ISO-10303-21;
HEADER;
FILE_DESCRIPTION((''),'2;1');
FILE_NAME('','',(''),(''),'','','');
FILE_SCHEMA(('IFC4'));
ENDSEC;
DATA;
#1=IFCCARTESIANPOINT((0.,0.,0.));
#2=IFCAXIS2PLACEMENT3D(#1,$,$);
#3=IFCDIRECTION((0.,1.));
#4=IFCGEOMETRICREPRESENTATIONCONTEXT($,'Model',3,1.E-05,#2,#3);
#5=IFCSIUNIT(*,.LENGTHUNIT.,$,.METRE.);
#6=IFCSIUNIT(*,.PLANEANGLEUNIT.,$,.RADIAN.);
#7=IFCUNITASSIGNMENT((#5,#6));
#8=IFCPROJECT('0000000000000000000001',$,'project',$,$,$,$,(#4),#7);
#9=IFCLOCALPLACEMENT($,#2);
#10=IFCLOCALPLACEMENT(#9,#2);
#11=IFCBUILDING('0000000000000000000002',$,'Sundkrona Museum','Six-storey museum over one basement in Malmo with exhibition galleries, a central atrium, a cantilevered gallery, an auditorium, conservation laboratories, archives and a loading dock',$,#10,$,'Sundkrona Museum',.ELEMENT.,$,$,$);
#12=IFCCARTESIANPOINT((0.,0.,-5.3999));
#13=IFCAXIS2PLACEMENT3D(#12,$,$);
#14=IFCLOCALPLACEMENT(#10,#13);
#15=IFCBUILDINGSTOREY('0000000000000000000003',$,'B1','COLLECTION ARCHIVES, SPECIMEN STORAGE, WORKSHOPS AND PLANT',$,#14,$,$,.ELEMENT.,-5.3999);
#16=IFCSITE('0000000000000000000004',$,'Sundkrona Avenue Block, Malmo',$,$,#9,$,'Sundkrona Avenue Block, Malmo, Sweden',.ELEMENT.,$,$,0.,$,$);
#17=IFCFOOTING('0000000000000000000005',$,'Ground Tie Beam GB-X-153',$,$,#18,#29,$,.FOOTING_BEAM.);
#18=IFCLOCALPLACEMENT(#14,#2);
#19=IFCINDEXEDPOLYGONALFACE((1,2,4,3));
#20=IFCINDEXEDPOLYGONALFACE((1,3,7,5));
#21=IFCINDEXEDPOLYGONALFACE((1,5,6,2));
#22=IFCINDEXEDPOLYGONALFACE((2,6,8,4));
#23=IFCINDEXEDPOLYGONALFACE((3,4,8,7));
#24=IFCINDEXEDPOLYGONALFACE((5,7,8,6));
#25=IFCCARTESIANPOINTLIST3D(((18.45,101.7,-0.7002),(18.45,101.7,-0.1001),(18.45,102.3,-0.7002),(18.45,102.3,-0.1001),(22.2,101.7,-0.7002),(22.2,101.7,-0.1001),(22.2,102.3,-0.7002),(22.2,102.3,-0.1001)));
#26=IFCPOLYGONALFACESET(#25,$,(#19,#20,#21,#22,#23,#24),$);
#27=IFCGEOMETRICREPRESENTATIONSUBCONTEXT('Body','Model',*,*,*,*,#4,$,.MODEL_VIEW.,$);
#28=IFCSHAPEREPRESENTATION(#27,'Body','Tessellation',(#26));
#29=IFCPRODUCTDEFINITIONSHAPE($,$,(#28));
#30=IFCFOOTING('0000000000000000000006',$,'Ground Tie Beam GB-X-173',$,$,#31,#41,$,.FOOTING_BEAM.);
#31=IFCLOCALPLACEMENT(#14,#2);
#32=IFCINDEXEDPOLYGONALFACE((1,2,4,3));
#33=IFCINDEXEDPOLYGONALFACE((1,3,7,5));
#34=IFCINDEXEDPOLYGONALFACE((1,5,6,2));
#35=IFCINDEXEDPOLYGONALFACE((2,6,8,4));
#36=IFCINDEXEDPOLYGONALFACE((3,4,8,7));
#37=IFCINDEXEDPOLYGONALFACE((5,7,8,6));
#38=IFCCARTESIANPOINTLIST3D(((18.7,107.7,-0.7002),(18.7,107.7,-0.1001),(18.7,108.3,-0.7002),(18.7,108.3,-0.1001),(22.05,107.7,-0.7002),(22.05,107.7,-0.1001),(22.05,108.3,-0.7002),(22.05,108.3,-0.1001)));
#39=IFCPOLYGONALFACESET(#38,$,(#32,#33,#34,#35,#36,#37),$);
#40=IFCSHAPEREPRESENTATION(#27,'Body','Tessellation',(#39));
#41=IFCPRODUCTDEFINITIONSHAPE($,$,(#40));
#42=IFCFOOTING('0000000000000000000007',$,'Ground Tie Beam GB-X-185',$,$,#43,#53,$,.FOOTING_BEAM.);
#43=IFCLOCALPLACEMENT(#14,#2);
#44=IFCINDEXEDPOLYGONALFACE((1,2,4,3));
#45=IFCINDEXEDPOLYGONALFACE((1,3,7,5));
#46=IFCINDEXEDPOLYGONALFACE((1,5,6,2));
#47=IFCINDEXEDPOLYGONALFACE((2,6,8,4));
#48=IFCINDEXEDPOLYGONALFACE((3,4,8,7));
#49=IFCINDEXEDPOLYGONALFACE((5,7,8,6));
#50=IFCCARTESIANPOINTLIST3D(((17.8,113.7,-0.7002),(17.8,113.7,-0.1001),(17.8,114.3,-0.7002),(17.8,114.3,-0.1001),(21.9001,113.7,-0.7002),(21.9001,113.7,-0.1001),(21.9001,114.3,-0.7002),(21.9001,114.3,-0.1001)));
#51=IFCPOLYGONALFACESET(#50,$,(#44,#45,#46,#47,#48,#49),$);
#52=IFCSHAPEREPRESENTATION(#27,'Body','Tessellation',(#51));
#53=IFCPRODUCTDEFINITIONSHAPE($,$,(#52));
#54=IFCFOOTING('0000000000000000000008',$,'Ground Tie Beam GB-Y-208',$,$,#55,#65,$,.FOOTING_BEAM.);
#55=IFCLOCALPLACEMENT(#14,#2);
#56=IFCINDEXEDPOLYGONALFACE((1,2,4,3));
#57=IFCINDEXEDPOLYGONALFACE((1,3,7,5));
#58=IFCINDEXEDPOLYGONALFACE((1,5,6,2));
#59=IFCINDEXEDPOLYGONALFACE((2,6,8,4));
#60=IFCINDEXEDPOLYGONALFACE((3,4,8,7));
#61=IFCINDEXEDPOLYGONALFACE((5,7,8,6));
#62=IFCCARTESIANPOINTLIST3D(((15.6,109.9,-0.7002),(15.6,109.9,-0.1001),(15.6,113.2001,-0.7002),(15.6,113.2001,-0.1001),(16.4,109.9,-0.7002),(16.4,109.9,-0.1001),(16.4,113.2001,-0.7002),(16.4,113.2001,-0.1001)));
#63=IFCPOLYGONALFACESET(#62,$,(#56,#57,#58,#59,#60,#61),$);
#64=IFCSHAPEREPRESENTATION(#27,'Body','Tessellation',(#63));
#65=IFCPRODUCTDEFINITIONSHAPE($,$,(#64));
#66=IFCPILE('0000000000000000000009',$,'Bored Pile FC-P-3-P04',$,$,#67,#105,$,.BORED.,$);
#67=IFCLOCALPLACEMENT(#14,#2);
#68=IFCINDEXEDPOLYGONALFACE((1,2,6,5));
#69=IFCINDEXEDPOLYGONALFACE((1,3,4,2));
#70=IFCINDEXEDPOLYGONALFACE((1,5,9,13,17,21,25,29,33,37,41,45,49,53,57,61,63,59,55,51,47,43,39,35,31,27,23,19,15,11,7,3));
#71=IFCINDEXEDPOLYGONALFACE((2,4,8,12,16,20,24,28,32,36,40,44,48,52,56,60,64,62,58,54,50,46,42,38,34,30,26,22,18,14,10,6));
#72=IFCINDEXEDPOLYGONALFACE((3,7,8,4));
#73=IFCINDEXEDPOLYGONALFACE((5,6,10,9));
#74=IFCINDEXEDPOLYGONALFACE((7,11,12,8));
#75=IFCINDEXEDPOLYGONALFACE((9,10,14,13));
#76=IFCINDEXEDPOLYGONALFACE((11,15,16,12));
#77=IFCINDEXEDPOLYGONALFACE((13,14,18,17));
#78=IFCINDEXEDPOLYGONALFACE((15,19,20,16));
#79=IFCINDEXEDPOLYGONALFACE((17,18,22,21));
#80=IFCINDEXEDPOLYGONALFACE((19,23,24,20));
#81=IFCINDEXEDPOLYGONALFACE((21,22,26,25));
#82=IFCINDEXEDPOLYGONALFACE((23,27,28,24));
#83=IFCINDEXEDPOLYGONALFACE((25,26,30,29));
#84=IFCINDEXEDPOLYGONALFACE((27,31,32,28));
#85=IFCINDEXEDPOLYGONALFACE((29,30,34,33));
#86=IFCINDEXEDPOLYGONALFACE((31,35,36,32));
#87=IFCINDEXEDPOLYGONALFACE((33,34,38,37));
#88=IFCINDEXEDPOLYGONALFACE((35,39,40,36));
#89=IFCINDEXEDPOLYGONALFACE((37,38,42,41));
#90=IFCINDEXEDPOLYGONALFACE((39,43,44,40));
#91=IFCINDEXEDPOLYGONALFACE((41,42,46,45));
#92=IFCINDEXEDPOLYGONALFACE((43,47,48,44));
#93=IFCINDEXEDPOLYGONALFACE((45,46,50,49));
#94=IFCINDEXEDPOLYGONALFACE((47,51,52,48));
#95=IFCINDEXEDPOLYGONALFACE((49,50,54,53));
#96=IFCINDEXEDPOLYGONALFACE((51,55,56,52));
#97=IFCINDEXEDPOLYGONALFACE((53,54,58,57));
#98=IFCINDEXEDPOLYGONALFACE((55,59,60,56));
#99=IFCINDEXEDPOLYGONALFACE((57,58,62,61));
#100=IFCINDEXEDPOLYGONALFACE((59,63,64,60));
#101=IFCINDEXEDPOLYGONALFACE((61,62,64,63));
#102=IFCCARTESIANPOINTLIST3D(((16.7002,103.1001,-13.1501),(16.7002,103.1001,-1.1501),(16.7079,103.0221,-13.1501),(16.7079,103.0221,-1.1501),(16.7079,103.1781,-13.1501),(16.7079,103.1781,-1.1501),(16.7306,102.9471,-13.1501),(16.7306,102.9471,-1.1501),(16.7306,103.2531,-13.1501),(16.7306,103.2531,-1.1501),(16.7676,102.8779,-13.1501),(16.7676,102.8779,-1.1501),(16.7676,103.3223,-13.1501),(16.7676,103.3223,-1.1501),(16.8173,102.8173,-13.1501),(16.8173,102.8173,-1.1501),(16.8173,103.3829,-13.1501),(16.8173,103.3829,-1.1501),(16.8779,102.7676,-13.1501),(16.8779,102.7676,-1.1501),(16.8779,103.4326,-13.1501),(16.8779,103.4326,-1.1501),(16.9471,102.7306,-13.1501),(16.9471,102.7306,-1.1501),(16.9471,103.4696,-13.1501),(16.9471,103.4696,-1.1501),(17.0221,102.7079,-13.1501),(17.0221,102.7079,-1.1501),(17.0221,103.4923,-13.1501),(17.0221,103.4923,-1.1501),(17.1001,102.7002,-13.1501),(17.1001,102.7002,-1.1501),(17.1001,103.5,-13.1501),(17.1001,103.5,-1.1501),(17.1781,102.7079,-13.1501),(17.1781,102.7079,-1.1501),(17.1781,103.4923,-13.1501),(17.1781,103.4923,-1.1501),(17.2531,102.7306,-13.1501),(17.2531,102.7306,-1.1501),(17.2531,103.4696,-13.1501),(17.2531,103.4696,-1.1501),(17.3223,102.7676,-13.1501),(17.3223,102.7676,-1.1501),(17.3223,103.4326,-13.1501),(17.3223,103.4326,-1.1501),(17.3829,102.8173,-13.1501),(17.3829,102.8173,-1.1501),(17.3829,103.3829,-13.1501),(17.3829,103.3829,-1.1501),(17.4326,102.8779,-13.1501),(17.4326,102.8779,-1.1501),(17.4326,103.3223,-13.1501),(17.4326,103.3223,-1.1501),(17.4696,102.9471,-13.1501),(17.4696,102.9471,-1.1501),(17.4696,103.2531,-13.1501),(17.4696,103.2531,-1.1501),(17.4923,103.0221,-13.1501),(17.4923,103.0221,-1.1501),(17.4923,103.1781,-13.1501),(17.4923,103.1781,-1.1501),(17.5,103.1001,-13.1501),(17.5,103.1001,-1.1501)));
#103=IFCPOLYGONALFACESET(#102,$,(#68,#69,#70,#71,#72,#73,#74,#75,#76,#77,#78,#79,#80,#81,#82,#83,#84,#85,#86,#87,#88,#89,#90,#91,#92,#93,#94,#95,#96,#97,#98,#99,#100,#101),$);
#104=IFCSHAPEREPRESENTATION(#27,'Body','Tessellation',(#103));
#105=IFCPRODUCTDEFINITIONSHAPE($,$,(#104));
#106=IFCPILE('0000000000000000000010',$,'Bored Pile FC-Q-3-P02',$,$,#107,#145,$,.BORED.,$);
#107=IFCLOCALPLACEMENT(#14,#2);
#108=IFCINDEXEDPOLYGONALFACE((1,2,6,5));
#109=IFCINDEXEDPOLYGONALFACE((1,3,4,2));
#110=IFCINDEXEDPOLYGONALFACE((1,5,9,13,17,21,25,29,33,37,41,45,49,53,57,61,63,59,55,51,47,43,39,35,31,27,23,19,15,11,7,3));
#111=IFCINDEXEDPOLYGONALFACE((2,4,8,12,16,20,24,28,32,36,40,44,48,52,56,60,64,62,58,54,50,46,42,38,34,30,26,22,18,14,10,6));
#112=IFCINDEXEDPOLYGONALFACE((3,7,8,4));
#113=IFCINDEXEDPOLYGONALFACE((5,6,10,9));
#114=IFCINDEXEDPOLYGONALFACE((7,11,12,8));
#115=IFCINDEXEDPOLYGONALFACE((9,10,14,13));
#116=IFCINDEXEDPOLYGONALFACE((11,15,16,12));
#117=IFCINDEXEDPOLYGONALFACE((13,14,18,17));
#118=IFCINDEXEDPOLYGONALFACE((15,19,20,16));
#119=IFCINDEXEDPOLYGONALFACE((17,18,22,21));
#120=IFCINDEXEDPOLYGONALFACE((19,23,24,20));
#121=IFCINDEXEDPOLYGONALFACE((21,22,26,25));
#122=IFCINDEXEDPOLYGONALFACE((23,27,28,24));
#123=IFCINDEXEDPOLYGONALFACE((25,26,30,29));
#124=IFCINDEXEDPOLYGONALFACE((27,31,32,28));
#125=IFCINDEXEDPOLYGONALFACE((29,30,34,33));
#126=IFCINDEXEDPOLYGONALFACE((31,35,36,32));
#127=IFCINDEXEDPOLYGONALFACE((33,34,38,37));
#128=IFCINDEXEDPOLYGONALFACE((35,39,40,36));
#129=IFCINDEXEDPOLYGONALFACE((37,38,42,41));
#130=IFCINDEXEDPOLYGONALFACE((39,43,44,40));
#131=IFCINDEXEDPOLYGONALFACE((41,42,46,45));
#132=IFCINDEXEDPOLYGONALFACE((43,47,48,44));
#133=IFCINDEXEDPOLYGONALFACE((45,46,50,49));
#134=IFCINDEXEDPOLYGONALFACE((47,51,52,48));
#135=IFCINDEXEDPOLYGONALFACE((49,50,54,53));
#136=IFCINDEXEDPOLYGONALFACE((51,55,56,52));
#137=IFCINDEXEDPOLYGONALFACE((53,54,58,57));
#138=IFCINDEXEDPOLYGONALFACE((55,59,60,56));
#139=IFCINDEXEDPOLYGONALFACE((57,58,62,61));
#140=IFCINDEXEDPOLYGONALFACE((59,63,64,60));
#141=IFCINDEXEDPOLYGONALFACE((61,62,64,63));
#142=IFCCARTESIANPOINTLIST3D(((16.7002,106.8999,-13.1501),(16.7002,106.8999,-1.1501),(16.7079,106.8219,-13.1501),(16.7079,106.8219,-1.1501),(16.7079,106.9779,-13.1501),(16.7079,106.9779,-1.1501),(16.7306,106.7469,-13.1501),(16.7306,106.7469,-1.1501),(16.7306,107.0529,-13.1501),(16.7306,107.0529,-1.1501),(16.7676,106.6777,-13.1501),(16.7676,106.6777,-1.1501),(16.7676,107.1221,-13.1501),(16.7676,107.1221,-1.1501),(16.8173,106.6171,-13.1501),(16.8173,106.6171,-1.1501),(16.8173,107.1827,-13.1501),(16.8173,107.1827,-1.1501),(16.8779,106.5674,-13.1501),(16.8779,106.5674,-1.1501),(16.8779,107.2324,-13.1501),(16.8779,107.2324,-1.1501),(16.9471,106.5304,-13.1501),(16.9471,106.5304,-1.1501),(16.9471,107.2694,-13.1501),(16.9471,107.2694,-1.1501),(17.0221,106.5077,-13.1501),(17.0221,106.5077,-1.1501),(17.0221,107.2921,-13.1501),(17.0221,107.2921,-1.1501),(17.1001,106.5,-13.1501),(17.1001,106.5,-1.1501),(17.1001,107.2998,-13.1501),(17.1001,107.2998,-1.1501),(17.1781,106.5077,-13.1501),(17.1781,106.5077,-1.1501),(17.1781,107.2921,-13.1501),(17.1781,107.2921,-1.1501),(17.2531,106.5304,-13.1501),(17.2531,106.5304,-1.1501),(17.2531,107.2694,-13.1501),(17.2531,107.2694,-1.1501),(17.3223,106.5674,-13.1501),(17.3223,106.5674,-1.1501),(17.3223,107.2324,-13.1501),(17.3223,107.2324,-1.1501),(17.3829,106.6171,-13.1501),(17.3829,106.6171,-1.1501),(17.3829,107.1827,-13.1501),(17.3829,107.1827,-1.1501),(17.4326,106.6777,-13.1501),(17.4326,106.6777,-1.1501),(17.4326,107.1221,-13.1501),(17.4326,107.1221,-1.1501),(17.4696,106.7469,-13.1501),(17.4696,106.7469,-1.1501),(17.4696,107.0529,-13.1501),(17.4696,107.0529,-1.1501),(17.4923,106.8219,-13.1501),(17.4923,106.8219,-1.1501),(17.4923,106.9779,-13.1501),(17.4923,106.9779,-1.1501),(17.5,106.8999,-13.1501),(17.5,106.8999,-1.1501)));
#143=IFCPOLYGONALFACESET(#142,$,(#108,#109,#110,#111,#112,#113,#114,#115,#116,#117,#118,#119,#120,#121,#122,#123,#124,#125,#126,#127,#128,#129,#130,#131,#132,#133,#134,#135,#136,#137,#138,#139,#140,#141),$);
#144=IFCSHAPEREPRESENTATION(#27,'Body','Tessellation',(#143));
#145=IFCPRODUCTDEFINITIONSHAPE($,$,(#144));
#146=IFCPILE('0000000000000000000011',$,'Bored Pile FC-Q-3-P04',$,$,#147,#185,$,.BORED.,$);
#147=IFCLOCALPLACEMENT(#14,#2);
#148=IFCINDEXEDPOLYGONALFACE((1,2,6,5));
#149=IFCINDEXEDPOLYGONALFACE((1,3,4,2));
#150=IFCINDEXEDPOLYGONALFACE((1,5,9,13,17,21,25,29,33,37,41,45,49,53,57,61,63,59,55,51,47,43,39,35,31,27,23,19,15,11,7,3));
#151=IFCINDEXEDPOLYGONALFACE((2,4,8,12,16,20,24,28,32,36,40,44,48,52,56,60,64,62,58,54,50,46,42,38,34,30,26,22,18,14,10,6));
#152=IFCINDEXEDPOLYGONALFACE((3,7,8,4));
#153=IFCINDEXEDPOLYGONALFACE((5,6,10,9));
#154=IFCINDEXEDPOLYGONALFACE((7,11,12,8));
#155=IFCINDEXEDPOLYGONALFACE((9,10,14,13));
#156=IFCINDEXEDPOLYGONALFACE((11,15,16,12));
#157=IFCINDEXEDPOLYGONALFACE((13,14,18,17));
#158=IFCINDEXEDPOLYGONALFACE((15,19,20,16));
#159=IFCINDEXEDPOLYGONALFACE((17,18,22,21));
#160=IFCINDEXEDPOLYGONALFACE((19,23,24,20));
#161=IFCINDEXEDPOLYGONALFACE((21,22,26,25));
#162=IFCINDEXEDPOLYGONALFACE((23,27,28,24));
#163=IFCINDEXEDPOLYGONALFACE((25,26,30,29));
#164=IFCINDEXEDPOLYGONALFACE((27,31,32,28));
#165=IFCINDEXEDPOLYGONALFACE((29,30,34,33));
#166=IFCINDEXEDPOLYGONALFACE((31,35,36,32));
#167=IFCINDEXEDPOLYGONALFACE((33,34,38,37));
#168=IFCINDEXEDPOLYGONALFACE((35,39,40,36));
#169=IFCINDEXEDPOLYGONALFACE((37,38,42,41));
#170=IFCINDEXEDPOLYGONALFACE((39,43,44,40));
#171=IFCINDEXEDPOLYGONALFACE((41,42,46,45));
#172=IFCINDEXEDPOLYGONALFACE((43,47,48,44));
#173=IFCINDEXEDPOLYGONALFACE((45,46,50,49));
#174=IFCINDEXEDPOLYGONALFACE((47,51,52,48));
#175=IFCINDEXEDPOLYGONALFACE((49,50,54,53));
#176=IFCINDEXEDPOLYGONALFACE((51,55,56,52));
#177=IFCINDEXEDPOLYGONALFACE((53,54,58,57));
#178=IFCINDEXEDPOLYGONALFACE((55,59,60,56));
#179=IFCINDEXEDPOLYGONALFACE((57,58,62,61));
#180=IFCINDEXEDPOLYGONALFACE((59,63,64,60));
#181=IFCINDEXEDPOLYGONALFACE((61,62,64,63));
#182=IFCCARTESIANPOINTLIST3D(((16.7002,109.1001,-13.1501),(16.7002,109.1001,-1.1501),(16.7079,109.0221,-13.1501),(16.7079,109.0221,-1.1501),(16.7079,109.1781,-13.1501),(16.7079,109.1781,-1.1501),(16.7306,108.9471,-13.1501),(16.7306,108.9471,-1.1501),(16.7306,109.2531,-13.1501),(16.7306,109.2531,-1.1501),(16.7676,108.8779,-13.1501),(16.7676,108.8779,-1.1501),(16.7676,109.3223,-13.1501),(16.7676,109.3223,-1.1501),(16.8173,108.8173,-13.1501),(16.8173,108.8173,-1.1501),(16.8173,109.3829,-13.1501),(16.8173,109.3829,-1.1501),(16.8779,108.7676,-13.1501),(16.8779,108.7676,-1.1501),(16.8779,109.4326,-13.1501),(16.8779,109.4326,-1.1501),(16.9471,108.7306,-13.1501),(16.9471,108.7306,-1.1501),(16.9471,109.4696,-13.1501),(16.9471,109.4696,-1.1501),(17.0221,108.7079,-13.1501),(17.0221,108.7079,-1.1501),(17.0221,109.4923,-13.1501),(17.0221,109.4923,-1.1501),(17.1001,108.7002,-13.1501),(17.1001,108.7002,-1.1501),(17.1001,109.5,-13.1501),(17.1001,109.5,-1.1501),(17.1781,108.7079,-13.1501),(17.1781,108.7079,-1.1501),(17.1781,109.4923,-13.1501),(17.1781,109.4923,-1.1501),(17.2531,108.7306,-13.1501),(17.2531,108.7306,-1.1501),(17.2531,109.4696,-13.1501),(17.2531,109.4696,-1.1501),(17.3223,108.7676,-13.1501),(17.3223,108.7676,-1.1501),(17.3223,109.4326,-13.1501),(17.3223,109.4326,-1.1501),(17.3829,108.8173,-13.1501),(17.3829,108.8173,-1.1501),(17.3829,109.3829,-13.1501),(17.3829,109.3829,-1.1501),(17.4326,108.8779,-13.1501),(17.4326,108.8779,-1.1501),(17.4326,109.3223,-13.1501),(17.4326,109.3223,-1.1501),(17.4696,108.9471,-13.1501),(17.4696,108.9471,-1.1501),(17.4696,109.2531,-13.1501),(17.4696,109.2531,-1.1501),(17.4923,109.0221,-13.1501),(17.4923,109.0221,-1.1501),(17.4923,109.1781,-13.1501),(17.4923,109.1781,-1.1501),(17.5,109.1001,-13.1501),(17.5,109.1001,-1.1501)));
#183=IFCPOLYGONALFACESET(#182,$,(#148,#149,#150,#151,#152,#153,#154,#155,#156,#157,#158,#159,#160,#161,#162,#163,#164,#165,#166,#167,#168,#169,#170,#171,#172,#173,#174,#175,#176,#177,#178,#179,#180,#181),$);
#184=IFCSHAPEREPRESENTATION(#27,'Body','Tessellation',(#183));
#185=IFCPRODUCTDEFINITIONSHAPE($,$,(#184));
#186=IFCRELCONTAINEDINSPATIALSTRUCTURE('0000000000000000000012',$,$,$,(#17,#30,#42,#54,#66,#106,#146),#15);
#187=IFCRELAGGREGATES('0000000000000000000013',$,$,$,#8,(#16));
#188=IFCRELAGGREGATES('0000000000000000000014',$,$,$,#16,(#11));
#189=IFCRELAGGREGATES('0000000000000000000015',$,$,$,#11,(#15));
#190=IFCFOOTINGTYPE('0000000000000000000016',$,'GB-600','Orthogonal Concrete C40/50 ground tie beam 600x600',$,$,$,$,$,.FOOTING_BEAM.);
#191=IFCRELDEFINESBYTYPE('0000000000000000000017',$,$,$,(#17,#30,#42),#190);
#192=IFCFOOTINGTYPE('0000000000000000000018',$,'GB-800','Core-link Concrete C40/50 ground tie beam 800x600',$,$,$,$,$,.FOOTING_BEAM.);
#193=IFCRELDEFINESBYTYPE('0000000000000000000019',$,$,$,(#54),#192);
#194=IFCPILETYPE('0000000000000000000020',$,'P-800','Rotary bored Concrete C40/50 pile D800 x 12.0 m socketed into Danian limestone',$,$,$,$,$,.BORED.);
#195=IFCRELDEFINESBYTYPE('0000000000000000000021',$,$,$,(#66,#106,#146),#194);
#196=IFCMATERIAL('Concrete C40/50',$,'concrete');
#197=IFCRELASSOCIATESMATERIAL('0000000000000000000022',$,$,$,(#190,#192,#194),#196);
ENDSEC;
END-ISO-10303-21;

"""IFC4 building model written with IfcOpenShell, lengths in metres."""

from ifc_helpers import new_model, si_unit, direction, frame, origin, origin_2d, place, context, subcontext, project, spatial, rectangle, circle, extrude, material, material_profile, profile_set, type_object, element, save


model = new_model("IFC4")

# Units and contexts
model_context = context("Model", 3, precision=1e-05, world=origin(), true_north=direction((0.0, 1.0)))
body_context = subcontext(model_context, "Body", "Model", "MODEL_VIEW")
ifc_project = project(units=[si_unit("LENGTHUNIT", "METRE"), si_unit("PLANEANGLEUNIT", "RADIAN")], contexts=[model_context])

# Site, building, storey
site_placement = place(None, origin())
site = spatial("IfcSite", under=ifc_project, at=site_placement, Name="Sundkrona Avenue Block, Malmo", LongName="Sundkrona Avenue Block, Malmo, Sweden", CompositionType="ELEMENT", RefElevation=0.0)
building_placement = place(site_placement, origin())
building = spatial("IfcBuilding", under=site, at=building_placement, Name="Sundkrona Museum", Description="Six-storey museum over one basement in Malmo with exhibition galleries, a central atrium, a cantilevered gallery, an auditorium, conservation laboratories, archives and a loading dock", LongName="Sundkrona Museum", CompositionType="ELEMENT")
storey_placement = place(building_placement, frame((0.0, 0.0, -5.3999)))
storey = spatial("IfcBuildingStorey", under=building, at=storey_placement, Name="B1", Description="COLLECTION ARCHIVES, SPECIMEN STORAGE, WORKSHOPS AND PLANT", CompositionType="ELEMENT", Elevation=-5.3999)

# Footings
ifc_material_1 = material(Name="Concrete C40/50", Category="concrete")
footing_type_1 = type_object("IfcFootingType", Name="GB-600", Description="Orthogonal Concrete C40/50 ground tie beam 600x600", PredefinedType="FOOTING_BEAM", material=ifc_material_1)
footing_1_placement = place(storey_placement, frame((20.325, 102.0, -0.7002), z_axis=(0.0, 0.0, 1.0), x_axis=(1.0, 0.0, 0.0)))
element("IfcFooting", 1, at=footing_1_placement, inside=storey, type_object=footing_type_1, Name="Ground Tie Beam GB-X-153", PredefinedType="FOOTING_BEAM", context=body_context, shape_type="SweptSolid", body=[
    extrude(rectangle(XDim=3.75, YDim=0.6001, at=origin_2d()), origin(), (0.0, 0.0, 1.0), 0.6001),
])
footing_2_placement = place(storey_placement, frame((20.375, 108.0, -0.7002), z_axis=(0.0, 0.0, 1.0), x_axis=(1.0, 0.0, 0.0)))
element("IfcFooting", 2, at=footing_2_placement, inside=storey, type_object=footing_type_1, Name="Ground Tie Beam GB-X-173", PredefinedType="FOOTING_BEAM", context=body_context, shape_type="SweptSolid", body=[
    extrude(rectangle(XDim=3.3501, YDim=0.6001, at=origin_2d()), origin(), (0.0, 0.0, 1.0), 0.6001),
])
footing_3_placement = place(storey_placement, frame((19.8501, 114.0, -0.7002), z_axis=(0.0, 0.0, 1.0), x_axis=(1.0, 0.0, 0.0)))
element("IfcFooting", 3, at=footing_3_placement, inside=storey, type_object=footing_type_1, Name="Ground Tie Beam GB-X-185", PredefinedType="FOOTING_BEAM", context=body_context, shape_type="SweptSolid", body=[
    extrude(rectangle(XDim=4.1001, YDim=0.6001, at=origin_2d()), origin(), (0.0, 0.0, 1.0), 0.6001),
])
footing_type_2 = type_object("IfcFootingType", Name="GB-800", Description="Core-link Concrete C40/50 ground tie beam 800x600", PredefinedType="FOOTING_BEAM", material=ifc_material_1)
footing_4_placement = place(storey_placement, frame((16.0, 111.55, -0.7002), z_axis=(0.0, 0.0, 1.0), x_axis=(0.0, 1.0, 0.0)))
element("IfcFooting", 4, at=footing_4_placement, inside=storey, type_object=footing_type_2, Name="Ground Tie Beam GB-Y-208", PredefinedType="FOOTING_BEAM", context=body_context, shape_type="SweptSolid", body=[
    extrude(rectangle(XDim=3.3, YDim=0.8, at=origin_2d()), origin(), (0.0, 0.0, 1.0), 0.6001),
])

# Piles
ifc_material_profile_1 = material_profile(ifc_material_1, circle(Radius=0.3999, at=origin_2d()), Name="PILE D800")
ifc_profile_set_1 = profile_set([ifc_material_profile_1], Name="Concrete C40/50")
pile_type = type_object("IfcPileType", Name="P-800", Description="Rotary bored Concrete C40/50 pile D800 x 12.0 m socketed into Danian limestone", PredefinedType="BORED", material=ifc_profile_set_1)
for number, where, z_axis, x_axis, name in (
    (5, (17.1001, 103.1001, -1.1501), (0.0, 0.0, -1.0), (1.0, 0.0, 0.0), "Bored Pile FC-P-3-P04"),
    (6, (17.1001, 106.8999, -1.1501), (0.0, 0.0, -1.0), (1.0, 0.0, 0.0), "Bored Pile FC-Q-3-P02"),
    (7, (17.1001, 109.1001, -1.1501), (0.0, 0.0, -1.0), (1.0, 0.0, 0.0), "Bored Pile FC-Q-3-P04"),
):
    element("IfcPile", number, at=place(storey_placement, frame(where, z_axis=z_axis, x_axis=x_axis)), inside=storey, type_object=pile_type, Name=name, PredefinedType="BORED", context=body_context, shape_type="SweptSolid", body=[
        extrude(circle(Radius=0.3999, at=origin_2d()), origin(), (0.0, 0.0, 1.0), 12.0),
    ])

save(model, "model.ifc")
